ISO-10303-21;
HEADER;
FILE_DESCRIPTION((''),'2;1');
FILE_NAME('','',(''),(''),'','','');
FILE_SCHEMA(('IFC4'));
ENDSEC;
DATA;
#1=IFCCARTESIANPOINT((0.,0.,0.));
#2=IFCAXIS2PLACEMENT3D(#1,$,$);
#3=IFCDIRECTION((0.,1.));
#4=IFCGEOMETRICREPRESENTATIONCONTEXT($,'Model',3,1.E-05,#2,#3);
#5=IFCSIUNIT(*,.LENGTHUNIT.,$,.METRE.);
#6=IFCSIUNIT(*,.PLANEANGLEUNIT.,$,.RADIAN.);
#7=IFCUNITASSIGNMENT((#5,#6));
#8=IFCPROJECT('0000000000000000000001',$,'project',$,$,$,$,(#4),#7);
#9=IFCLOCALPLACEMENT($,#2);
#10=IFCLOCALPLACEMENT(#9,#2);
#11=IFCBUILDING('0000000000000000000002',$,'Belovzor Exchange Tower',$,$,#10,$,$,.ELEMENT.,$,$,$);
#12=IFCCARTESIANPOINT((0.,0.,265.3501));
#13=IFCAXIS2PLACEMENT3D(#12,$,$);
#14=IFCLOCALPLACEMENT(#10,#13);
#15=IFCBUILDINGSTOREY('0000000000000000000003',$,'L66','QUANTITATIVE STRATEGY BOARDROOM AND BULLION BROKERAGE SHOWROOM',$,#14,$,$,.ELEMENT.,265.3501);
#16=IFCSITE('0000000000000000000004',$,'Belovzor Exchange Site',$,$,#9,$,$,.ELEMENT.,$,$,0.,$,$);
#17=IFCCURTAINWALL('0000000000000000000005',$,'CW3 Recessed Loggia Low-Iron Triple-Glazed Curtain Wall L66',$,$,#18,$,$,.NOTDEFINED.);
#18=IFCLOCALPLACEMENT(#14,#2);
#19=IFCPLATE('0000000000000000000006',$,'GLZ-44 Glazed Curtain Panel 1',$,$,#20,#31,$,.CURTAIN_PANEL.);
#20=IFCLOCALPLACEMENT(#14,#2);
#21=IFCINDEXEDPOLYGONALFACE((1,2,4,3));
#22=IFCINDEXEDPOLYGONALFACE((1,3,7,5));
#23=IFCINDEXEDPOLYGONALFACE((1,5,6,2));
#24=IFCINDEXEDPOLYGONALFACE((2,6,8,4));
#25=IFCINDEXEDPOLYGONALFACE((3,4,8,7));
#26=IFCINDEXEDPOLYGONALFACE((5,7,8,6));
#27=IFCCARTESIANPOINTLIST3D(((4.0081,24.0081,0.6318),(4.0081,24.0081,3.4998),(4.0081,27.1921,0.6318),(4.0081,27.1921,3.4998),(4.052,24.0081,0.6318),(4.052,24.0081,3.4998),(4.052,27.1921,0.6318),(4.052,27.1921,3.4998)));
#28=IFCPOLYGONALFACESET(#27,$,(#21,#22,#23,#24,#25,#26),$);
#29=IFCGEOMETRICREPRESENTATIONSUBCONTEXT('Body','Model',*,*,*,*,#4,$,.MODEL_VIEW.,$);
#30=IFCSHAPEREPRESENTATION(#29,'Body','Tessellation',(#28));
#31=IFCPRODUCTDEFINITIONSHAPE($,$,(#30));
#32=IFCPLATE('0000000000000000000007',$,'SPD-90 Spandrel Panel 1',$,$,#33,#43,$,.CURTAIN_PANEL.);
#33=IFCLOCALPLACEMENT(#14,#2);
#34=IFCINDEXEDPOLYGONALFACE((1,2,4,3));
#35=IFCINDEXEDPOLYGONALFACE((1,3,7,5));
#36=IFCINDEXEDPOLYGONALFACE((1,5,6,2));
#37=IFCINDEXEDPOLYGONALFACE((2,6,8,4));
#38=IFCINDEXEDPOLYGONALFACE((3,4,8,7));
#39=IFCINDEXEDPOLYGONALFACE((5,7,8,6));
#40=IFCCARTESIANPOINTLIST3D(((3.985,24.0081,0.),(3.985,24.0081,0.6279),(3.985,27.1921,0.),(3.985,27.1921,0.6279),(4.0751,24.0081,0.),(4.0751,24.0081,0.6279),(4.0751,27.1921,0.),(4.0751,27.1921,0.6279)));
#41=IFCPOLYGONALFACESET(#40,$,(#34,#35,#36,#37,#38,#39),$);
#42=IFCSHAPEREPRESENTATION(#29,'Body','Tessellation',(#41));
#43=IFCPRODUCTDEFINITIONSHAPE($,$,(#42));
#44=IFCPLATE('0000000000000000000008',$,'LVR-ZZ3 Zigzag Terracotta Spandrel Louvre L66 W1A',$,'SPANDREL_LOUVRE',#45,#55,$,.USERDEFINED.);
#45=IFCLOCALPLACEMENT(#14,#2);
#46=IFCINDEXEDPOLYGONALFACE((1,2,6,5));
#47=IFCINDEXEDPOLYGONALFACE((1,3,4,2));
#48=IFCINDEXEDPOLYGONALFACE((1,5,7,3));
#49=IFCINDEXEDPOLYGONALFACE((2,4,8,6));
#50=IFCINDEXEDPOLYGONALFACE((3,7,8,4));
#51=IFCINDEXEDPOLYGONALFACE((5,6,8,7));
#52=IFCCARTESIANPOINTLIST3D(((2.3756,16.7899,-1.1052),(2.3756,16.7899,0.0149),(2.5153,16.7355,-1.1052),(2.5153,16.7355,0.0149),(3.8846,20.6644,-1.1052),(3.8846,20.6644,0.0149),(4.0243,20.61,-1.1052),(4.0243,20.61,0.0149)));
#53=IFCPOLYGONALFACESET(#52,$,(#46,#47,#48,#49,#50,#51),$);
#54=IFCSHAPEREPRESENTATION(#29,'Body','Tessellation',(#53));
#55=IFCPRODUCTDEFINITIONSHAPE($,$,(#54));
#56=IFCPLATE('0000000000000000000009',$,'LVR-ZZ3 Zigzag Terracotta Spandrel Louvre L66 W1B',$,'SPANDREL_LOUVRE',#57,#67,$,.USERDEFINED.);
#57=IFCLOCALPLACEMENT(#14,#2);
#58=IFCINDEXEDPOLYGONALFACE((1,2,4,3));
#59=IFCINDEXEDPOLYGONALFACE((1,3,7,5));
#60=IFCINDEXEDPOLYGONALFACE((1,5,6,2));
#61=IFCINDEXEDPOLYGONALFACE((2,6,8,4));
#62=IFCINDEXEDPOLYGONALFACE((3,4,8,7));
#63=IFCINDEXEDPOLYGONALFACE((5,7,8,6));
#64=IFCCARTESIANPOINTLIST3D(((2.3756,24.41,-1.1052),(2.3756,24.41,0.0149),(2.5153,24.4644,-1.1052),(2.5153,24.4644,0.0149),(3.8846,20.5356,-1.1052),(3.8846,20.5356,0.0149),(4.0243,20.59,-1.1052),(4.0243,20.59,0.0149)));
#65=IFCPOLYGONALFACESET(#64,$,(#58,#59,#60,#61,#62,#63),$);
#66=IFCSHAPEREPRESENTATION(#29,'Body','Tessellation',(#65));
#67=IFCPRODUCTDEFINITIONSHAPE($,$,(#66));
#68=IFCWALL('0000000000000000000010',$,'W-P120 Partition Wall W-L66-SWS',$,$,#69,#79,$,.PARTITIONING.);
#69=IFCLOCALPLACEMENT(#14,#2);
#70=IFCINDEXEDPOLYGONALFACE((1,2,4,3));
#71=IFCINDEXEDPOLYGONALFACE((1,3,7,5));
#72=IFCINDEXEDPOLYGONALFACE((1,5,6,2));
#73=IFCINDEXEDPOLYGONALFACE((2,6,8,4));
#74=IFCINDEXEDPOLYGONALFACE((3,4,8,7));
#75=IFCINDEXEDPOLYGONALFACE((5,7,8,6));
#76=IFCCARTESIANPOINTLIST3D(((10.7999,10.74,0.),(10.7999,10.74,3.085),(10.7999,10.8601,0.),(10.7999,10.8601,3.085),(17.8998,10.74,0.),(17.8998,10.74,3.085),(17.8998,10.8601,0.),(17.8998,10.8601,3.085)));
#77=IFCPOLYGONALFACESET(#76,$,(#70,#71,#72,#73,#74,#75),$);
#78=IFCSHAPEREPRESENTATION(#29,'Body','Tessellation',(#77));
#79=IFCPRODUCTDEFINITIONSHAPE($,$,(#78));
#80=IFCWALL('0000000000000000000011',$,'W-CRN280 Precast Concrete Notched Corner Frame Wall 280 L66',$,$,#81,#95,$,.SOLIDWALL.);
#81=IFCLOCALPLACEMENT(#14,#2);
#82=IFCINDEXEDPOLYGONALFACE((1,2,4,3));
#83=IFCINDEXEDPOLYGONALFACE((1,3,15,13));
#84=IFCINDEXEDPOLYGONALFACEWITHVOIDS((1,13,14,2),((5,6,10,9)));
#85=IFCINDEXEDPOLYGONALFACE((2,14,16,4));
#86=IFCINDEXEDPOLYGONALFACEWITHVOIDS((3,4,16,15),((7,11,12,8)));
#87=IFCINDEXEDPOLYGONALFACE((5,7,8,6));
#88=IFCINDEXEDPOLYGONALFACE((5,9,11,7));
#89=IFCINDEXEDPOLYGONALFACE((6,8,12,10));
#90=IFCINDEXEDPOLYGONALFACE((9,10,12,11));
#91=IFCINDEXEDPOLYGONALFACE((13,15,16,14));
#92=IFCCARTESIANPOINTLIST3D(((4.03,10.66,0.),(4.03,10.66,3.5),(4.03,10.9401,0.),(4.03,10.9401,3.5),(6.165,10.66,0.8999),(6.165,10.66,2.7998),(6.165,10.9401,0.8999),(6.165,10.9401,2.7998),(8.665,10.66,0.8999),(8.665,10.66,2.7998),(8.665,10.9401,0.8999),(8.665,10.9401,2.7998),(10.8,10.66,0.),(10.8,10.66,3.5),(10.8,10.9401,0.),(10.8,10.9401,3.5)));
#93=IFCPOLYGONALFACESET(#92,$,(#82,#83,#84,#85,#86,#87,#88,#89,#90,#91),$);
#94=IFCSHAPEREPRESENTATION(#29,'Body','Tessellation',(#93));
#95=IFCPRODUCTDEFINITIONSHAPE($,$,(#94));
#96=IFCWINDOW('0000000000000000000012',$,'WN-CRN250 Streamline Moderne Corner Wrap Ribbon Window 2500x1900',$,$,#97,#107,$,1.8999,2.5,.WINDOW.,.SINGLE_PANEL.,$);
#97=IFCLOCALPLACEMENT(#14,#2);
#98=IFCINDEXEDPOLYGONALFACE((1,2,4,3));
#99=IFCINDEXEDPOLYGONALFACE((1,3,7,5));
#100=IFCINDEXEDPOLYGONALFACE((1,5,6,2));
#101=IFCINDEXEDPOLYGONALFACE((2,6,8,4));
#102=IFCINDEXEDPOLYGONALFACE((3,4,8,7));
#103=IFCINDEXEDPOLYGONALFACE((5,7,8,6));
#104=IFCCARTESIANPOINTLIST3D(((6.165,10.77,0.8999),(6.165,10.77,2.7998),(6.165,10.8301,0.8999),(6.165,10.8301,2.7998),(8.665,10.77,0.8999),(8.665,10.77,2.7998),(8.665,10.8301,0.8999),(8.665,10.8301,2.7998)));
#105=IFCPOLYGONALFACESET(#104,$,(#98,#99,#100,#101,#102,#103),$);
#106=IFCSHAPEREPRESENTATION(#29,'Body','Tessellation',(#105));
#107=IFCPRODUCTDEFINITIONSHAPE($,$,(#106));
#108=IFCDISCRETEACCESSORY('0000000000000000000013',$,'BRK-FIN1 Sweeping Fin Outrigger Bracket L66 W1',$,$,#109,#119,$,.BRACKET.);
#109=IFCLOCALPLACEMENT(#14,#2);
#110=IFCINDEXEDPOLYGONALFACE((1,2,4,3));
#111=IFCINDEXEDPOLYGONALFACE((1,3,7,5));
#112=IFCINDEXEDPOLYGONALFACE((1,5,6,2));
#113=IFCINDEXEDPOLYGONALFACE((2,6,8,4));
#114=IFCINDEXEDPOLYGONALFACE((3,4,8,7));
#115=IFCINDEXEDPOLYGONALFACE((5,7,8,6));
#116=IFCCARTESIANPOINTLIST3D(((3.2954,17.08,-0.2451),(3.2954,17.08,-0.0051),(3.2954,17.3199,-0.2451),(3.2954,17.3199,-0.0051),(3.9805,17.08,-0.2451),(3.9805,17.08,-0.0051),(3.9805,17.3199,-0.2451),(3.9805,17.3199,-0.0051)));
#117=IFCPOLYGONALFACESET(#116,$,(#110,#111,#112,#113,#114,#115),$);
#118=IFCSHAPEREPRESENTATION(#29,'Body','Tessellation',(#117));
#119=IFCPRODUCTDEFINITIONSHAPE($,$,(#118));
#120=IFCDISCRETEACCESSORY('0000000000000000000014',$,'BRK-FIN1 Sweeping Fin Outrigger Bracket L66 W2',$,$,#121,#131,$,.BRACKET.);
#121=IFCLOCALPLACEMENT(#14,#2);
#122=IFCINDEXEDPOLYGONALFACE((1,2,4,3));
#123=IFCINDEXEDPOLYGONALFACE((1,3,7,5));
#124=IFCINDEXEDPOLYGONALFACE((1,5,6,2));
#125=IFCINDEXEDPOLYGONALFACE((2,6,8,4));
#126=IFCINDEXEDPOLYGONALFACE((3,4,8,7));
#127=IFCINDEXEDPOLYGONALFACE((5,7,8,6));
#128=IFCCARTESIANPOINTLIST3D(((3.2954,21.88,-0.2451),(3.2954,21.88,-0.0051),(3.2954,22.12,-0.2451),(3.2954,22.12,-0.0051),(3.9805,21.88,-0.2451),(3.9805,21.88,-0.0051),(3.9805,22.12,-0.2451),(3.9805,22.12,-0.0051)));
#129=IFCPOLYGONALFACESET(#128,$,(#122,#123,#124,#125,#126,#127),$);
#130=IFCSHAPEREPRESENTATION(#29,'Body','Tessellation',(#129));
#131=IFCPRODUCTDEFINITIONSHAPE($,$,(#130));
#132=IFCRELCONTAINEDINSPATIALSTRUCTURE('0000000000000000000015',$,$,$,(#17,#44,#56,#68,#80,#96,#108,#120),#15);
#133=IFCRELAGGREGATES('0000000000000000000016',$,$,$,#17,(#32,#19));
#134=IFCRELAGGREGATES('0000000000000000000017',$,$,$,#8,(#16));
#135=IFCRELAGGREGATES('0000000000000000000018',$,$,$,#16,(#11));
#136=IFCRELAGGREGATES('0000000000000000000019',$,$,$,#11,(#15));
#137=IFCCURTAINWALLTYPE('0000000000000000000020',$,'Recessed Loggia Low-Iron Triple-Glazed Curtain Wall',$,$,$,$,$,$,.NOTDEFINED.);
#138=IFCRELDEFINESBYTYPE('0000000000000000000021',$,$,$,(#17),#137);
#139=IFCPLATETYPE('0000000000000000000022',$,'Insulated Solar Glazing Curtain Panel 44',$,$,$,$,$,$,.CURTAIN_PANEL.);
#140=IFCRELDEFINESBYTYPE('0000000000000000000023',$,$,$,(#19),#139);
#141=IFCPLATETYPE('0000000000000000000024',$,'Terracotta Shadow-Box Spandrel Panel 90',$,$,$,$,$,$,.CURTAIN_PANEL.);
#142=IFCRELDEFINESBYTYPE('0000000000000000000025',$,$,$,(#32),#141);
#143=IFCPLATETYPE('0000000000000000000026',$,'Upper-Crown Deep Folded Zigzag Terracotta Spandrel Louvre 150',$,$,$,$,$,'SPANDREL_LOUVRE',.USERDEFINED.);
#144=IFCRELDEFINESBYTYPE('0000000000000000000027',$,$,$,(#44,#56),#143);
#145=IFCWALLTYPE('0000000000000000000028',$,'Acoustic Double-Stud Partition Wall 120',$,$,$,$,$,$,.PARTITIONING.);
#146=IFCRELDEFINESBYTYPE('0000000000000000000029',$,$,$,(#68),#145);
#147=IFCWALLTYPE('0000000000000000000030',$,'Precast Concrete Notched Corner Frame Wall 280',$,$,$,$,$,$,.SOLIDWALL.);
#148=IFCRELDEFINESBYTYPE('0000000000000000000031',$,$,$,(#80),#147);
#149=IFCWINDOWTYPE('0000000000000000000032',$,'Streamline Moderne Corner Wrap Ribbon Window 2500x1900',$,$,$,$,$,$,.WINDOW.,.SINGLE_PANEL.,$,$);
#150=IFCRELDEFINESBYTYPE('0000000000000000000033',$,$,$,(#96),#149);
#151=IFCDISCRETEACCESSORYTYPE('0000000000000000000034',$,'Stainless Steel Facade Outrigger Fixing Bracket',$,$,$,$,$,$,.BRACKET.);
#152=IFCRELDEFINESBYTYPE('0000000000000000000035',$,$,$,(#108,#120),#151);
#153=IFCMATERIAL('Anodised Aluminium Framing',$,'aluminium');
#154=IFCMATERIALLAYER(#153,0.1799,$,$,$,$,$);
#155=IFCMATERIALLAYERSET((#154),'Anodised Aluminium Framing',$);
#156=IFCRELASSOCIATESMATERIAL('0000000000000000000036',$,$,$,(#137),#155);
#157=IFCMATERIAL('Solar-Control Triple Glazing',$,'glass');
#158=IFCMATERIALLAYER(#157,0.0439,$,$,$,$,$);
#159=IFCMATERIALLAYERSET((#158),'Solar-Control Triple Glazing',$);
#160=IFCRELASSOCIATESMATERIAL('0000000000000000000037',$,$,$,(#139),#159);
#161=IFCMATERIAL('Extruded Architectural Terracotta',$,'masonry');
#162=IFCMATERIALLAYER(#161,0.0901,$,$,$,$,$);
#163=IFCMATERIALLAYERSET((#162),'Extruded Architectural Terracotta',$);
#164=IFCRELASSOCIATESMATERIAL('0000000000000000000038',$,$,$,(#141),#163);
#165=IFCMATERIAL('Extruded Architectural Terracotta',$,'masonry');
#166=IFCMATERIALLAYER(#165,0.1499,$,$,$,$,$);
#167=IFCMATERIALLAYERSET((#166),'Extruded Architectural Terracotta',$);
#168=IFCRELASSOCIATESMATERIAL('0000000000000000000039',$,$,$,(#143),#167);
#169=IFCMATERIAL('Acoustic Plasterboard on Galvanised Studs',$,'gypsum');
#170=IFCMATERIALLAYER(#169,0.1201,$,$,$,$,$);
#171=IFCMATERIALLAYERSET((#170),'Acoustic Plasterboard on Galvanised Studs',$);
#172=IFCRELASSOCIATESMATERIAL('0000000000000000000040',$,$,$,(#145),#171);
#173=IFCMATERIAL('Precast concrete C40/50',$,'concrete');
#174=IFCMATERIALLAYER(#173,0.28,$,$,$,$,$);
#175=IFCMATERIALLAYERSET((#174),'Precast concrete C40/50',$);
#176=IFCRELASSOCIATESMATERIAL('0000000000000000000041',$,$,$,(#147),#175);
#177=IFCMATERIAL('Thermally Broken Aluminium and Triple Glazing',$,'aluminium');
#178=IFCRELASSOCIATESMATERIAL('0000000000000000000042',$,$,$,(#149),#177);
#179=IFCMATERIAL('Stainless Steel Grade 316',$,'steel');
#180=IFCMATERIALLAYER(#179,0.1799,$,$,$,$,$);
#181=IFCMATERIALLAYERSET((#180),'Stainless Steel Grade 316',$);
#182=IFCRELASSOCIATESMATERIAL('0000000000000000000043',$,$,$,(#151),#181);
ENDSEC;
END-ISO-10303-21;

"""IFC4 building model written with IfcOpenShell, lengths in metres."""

from ifc_helpers import new_model, si_unit, direction, frame, frame_2d, origin, origin_2d, place, context, subcontext, project, spatial, rectangle, extrude, material, layer, layer_set, type_object, element, fill, aggregate, save


model = new_model("IFC4")

# Units and contexts
model_context = context("Model", 3, precision=1e-05, world=origin(), true_north=direction((0.0, 1.0)))
body_context = subcontext(model_context, "Body", "Model", "MODEL_VIEW")
ifc_project = project(units=[si_unit("LENGTHUNIT", "METRE"), si_unit("PLANEANGLEUNIT", "RADIAN")], contexts=[model_context])

# Site, building, storey
site_placement = place(None, origin())
site = spatial("IfcSite", under=ifc_project, at=site_placement, Name="Belovzor Exchange Site", CompositionType="ELEMENT", RefElevation=0.0)
building_placement = place(site_placement, origin())
building = spatial("IfcBuilding", under=site, at=building_placement, Name="Belovzor Exchange Tower", CompositionType="ELEMENT")
storey_placement = place(building_placement, frame((0.0, 0.0, 265.3501)))
storey = spatial("IfcBuildingStorey", under=building, at=storey_placement, Name="L66", Description="QUANTITATIVE STRATEGY BOARDROOM AND BULLION BROKERAGE SHOWROOM", CompositionType="ELEMENT", Elevation=265.3501)

# Curtain wall
ifc_material_1 = material(Name="Anodised Aluminium Framing", Category="aluminium")
ifc_layer_1 = layer(ifc_material_1, 0.1799)
ifc_layer_set_1 = layer_set([ifc_layer_1], Name="Anodised Aluminium Framing")
curtain_wall_type = type_object("IfcCurtainWallType", Name="Recessed Loggia Low-Iron Triple-Glazed Curtain Wall", PredefinedType="NOTDEFINED", material=ifc_layer_set_1)
curtain_wall_placement = place(storey_placement, origin())
curtain_wall = element("IfcCurtainWall", 1, at=curtain_wall_placement, inside=storey, type_object=curtain_wall_type, Name="CW3 Recessed Loggia Low-Iron Triple-Glazed Curtain Wall L66", PredefinedType="NOTDEFINED")

# Plates
ifc_material_2 = material(Name="Solar-Control Triple Glazing", Category="glass")
ifc_layer_2 = layer(ifc_material_2, 0.0439)
ifc_layer_set_2 = layer_set([ifc_layer_2], Name="Solar-Control Triple Glazing")
plate_type_1 = type_object("IfcPlateType", Name="Insulated Solar Glazing Curtain Panel 44", PredefinedType="CURTAIN_PANEL", material=ifc_layer_set_2)
plate_1_placement = place(storey_placement, frame((4.03, 25.6001, 0.6318), z_axis=(0.0, 0.0, 1.0), x_axis=(0.0, 1.0, 0.0)))
plate_1 = element("IfcPlate", 2, at=plate_1_placement, type_object=plate_type_1, Name="GLZ-44 Glazed Curtain Panel 1", PredefinedType="CURTAIN_PANEL", context=body_context, shape_type="SweptSolid", body=[
    extrude(rectangle(XDim=3.1841, YDim=0.0439, at=origin_2d()), origin(), (0.0, 0.0, 1.0), 2.8679),
])
ifc_material_3 = material(Name="Extruded Architectural Terracotta", Category="masonry")
ifc_layer_3 = layer(ifc_material_3, 0.0901)
ifc_layer_set_3 = layer_set([ifc_layer_3], Name="Extruded Architectural Terracotta")
plate_type_2 = type_object("IfcPlateType", Name="Terracotta Shadow-Box Spandrel Panel 90", PredefinedType="CURTAIN_PANEL", material=ifc_layer_set_3)
plate_2_placement = place(storey_placement, frame((4.03, 25.6001, 0.0), z_axis=(0.0, 0.0, 1.0), x_axis=(0.0, 1.0, 0.0)))
plate_2 = element("IfcPlate", 3, at=plate_2_placement, type_object=plate_type_2, Name="SPD-90 Spandrel Panel 1", PredefinedType="CURTAIN_PANEL", context=body_context, shape_type="SweptSolid", body=[
    extrude(rectangle(XDim=3.1841, YDim=0.0901, at=origin_2d()), origin(), (0.0, 0.0, 1.0), 0.6279),
])
aggregate(curtain_wall, [plate_2, plate_1])

# Plates
ifc_material_4 = material(Name="Extruded Architectural Terracotta", Category="masonry")
ifc_layer_4 = layer(ifc_material_4, 0.1499)
ifc_layer_set_4 = layer_set([ifc_layer_4], Name="Extruded Architectural Terracotta")
plate_type_3 = type_object("IfcPlateType", Name="Upper-Crown Deep Folded Zigzag Terracotta Spandrel Louvre 150", ElementType="SPANDREL_LOUVRE", PredefinedType="USERDEFINED", material=ifc_layer_set_4)
for number, where, z_axis, x_axis, name in (
    (4, (3.2, 18.7, -1.1052), (0.0, 0.0, 1.0), (0.362926, 0.931818, 0.0), "LVR-ZZ3 Zigzag Terracotta Spandrel Louvre L66 W1A"),
    (5, (3.2, 22.5, -1.1052), (0.0, 0.0, 1.0), (-0.362926, 0.931818, 0.0), "LVR-ZZ3 Zigzag Terracotta Spandrel Louvre L66 W1B"),
):
    element("IfcPlate", number, at=place(storey_placement, frame(where, z_axis=z_axis, x_axis=x_axis)), inside=storey, type_object=plate_type_3, Name=name, ObjectType="SPANDREL_LOUVRE", PredefinedType="USERDEFINED", context=body_context, shape_type="SweptSolid", body=[
        extrude(rectangle(XDim=4.158, YDim=0.1499, at=origin_2d()), origin(), (0.0, 0.0, 1.0), 1.1201),
    ])

# Wall
ifc_material_5 = material(Name="Acoustic Plasterboard on Galvanised Studs", Category="gypsum")
ifc_layer_5 = layer(ifc_material_5, 0.1201)
ifc_layer_set_5 = layer_set([ifc_layer_5], Name="Acoustic Plasterboard on Galvanised Studs")
wall_type_1 = type_object("IfcWallType", Name="Acoustic Double-Stud Partition Wall 120", PredefinedType="PARTITIONING", material=ifc_layer_set_5)
wall_1_placement = place(storey_placement, frame((10.8, 10.8, 0.0), z_axis=(0.0, 0.0, 1.0), x_axis=(1.0, 0.0, 0.0)))
element("IfcWall", 6, at=wall_1_placement, inside=storey, type_object=wall_type_1, Name="W-P120 Partition Wall W-L66-SWS", PredefinedType="PARTITIONING", context=body_context, shape_type="SweptSolid", body=[
    extrude(rectangle(XDim=7.0999, YDim=0.1201, at=frame_2d((3.5498, 0.0))), origin(), (0.0, 0.0, 1.0), 3.085),
])

# Wall, opening, window
ifc_material_6 = material(Name="Precast concrete C40/50", Category="concrete")
ifc_layer_6 = layer(ifc_material_6, 0.28)
ifc_layer_set_6 = layer_set([ifc_layer_6], Name="Precast concrete C40/50")
wall_type_2 = type_object("IfcWallType", Name="Precast Concrete Notched Corner Frame Wall 280", PredefinedType="SOLIDWALL", material=ifc_layer_set_6)
wall_2_placement = place(storey_placement, frame((10.8, 10.8, 0.0), z_axis=(0.0, 0.0, 1.0), x_axis=(-1.0, 0.0, 0.0)))
wall_2 = element("IfcWall", 7, at=wall_2_placement, inside=storey, type_object=wall_type_2, Name="W-CRN280 Precast Concrete Notched Corner Frame Wall 280 L66", PredefinedType="SOLIDWALL", context=body_context, shape_type="SweptSolid", body=[
    extrude(rectangle(XDim=6.77, YDim=0.28, at=frame_2d((3.385, 0.0))), origin(), (0.0, 0.0, 1.0), 3.5),
])
opening_placement = place(wall_2_placement, frame((2.135, 0.0, 0.8999)))
opening = element("IfcOpeningElement", 8, at=opening_placement, cuts=wall_2, PredefinedType="OPENING", context=body_context, shape_type="SweptSolid", body=[
    extrude(rectangle(XDim=2.5, YDim=1.8999, at=frame_2d((1.25, 0.95))), frame((0.0, 0.1499, 0.0), z_axis=(0.0, -1.0, 0.0), x_axis=(1.0, 0.0, 0.0)), (0.0, 0.0, 1.0), 0.3),
])
ifc_material_7 = material(Name="Thermally Broken Aluminium and Triple Glazing", Category="aluminium")
window_type = type_object("IfcWindowType", Name="Streamline Moderne Corner Wrap Ribbon Window 2500x1900", PartitioningType="SINGLE_PANEL", PredefinedType="WINDOW", material=ifc_material_7)
window_placement = place(opening_placement, origin())
window = element("IfcWindow", 9, at=window_placement, inside=storey, type_object=window_type, Name="WN-CRN250 Streamline Moderne Corner Wrap Ribbon Window 2500x1900", OverallHeight=1.8999, OverallWidth=2.5, PartitioningType="SINGLE_PANEL", PredefinedType="WINDOW", context=body_context, shape_type="SweptSolid", body=[
    extrude(rectangle(XDim=2.5, YDim=1.8999, at=frame_2d((1.25, 0.95))), frame((0.0, 0.03, 0.0), z_axis=(0.0, -1.0, 0.0), x_axis=(1.0, 0.0, 0.0)), (0.0, 0.0, 1.0), 0.0601),
])
fill(opening, window)

# Discrete accessories
ifc_material_8 = material(Name="Stainless Steel Grade 316", Category="steel")
ifc_layer_7 = layer(ifc_material_8, 0.1799)
ifc_layer_set_7 = layer_set([ifc_layer_7], Name="Stainless Steel Grade 316")
discrete_accessory_type = type_object("IfcDiscreteAccessoryType", Name="Stainless Steel Facade Outrigger Fixing Bracket", PredefinedType="BRACKET", material=ifc_layer_set_7)
for number, where, z_axis, x_axis, name in (
    (10, (3.6379, 17.2, -0.2451), (0.0, 0.0, 1.0), (1.0, 0.0, 0.0), "BRK-FIN1 Sweeping Fin Outrigger Bracket L66 W1"),
    (11, (3.6379, 22.0, -0.2451), (0.0, 0.0, 1.0), (1.0, 0.0, 0.0), "BRK-FIN1 Sweeping Fin Outrigger Bracket L66 W2"),
):
    element("IfcDiscreteAccessory", number, at=place(storey_placement, frame(where, z_axis=z_axis, x_axis=x_axis)), inside=storey, type_object=discrete_accessory_type, Name=name, PredefinedType="BRACKET", context=body_context, shape_type="SweptSolid", body=[
        extrude(rectangle(XDim=0.6851, YDim=0.24, at=origin_2d()), origin(), (0.0, 0.0, 1.0), 0.24),
    ])

save(model, "model.ifc")
